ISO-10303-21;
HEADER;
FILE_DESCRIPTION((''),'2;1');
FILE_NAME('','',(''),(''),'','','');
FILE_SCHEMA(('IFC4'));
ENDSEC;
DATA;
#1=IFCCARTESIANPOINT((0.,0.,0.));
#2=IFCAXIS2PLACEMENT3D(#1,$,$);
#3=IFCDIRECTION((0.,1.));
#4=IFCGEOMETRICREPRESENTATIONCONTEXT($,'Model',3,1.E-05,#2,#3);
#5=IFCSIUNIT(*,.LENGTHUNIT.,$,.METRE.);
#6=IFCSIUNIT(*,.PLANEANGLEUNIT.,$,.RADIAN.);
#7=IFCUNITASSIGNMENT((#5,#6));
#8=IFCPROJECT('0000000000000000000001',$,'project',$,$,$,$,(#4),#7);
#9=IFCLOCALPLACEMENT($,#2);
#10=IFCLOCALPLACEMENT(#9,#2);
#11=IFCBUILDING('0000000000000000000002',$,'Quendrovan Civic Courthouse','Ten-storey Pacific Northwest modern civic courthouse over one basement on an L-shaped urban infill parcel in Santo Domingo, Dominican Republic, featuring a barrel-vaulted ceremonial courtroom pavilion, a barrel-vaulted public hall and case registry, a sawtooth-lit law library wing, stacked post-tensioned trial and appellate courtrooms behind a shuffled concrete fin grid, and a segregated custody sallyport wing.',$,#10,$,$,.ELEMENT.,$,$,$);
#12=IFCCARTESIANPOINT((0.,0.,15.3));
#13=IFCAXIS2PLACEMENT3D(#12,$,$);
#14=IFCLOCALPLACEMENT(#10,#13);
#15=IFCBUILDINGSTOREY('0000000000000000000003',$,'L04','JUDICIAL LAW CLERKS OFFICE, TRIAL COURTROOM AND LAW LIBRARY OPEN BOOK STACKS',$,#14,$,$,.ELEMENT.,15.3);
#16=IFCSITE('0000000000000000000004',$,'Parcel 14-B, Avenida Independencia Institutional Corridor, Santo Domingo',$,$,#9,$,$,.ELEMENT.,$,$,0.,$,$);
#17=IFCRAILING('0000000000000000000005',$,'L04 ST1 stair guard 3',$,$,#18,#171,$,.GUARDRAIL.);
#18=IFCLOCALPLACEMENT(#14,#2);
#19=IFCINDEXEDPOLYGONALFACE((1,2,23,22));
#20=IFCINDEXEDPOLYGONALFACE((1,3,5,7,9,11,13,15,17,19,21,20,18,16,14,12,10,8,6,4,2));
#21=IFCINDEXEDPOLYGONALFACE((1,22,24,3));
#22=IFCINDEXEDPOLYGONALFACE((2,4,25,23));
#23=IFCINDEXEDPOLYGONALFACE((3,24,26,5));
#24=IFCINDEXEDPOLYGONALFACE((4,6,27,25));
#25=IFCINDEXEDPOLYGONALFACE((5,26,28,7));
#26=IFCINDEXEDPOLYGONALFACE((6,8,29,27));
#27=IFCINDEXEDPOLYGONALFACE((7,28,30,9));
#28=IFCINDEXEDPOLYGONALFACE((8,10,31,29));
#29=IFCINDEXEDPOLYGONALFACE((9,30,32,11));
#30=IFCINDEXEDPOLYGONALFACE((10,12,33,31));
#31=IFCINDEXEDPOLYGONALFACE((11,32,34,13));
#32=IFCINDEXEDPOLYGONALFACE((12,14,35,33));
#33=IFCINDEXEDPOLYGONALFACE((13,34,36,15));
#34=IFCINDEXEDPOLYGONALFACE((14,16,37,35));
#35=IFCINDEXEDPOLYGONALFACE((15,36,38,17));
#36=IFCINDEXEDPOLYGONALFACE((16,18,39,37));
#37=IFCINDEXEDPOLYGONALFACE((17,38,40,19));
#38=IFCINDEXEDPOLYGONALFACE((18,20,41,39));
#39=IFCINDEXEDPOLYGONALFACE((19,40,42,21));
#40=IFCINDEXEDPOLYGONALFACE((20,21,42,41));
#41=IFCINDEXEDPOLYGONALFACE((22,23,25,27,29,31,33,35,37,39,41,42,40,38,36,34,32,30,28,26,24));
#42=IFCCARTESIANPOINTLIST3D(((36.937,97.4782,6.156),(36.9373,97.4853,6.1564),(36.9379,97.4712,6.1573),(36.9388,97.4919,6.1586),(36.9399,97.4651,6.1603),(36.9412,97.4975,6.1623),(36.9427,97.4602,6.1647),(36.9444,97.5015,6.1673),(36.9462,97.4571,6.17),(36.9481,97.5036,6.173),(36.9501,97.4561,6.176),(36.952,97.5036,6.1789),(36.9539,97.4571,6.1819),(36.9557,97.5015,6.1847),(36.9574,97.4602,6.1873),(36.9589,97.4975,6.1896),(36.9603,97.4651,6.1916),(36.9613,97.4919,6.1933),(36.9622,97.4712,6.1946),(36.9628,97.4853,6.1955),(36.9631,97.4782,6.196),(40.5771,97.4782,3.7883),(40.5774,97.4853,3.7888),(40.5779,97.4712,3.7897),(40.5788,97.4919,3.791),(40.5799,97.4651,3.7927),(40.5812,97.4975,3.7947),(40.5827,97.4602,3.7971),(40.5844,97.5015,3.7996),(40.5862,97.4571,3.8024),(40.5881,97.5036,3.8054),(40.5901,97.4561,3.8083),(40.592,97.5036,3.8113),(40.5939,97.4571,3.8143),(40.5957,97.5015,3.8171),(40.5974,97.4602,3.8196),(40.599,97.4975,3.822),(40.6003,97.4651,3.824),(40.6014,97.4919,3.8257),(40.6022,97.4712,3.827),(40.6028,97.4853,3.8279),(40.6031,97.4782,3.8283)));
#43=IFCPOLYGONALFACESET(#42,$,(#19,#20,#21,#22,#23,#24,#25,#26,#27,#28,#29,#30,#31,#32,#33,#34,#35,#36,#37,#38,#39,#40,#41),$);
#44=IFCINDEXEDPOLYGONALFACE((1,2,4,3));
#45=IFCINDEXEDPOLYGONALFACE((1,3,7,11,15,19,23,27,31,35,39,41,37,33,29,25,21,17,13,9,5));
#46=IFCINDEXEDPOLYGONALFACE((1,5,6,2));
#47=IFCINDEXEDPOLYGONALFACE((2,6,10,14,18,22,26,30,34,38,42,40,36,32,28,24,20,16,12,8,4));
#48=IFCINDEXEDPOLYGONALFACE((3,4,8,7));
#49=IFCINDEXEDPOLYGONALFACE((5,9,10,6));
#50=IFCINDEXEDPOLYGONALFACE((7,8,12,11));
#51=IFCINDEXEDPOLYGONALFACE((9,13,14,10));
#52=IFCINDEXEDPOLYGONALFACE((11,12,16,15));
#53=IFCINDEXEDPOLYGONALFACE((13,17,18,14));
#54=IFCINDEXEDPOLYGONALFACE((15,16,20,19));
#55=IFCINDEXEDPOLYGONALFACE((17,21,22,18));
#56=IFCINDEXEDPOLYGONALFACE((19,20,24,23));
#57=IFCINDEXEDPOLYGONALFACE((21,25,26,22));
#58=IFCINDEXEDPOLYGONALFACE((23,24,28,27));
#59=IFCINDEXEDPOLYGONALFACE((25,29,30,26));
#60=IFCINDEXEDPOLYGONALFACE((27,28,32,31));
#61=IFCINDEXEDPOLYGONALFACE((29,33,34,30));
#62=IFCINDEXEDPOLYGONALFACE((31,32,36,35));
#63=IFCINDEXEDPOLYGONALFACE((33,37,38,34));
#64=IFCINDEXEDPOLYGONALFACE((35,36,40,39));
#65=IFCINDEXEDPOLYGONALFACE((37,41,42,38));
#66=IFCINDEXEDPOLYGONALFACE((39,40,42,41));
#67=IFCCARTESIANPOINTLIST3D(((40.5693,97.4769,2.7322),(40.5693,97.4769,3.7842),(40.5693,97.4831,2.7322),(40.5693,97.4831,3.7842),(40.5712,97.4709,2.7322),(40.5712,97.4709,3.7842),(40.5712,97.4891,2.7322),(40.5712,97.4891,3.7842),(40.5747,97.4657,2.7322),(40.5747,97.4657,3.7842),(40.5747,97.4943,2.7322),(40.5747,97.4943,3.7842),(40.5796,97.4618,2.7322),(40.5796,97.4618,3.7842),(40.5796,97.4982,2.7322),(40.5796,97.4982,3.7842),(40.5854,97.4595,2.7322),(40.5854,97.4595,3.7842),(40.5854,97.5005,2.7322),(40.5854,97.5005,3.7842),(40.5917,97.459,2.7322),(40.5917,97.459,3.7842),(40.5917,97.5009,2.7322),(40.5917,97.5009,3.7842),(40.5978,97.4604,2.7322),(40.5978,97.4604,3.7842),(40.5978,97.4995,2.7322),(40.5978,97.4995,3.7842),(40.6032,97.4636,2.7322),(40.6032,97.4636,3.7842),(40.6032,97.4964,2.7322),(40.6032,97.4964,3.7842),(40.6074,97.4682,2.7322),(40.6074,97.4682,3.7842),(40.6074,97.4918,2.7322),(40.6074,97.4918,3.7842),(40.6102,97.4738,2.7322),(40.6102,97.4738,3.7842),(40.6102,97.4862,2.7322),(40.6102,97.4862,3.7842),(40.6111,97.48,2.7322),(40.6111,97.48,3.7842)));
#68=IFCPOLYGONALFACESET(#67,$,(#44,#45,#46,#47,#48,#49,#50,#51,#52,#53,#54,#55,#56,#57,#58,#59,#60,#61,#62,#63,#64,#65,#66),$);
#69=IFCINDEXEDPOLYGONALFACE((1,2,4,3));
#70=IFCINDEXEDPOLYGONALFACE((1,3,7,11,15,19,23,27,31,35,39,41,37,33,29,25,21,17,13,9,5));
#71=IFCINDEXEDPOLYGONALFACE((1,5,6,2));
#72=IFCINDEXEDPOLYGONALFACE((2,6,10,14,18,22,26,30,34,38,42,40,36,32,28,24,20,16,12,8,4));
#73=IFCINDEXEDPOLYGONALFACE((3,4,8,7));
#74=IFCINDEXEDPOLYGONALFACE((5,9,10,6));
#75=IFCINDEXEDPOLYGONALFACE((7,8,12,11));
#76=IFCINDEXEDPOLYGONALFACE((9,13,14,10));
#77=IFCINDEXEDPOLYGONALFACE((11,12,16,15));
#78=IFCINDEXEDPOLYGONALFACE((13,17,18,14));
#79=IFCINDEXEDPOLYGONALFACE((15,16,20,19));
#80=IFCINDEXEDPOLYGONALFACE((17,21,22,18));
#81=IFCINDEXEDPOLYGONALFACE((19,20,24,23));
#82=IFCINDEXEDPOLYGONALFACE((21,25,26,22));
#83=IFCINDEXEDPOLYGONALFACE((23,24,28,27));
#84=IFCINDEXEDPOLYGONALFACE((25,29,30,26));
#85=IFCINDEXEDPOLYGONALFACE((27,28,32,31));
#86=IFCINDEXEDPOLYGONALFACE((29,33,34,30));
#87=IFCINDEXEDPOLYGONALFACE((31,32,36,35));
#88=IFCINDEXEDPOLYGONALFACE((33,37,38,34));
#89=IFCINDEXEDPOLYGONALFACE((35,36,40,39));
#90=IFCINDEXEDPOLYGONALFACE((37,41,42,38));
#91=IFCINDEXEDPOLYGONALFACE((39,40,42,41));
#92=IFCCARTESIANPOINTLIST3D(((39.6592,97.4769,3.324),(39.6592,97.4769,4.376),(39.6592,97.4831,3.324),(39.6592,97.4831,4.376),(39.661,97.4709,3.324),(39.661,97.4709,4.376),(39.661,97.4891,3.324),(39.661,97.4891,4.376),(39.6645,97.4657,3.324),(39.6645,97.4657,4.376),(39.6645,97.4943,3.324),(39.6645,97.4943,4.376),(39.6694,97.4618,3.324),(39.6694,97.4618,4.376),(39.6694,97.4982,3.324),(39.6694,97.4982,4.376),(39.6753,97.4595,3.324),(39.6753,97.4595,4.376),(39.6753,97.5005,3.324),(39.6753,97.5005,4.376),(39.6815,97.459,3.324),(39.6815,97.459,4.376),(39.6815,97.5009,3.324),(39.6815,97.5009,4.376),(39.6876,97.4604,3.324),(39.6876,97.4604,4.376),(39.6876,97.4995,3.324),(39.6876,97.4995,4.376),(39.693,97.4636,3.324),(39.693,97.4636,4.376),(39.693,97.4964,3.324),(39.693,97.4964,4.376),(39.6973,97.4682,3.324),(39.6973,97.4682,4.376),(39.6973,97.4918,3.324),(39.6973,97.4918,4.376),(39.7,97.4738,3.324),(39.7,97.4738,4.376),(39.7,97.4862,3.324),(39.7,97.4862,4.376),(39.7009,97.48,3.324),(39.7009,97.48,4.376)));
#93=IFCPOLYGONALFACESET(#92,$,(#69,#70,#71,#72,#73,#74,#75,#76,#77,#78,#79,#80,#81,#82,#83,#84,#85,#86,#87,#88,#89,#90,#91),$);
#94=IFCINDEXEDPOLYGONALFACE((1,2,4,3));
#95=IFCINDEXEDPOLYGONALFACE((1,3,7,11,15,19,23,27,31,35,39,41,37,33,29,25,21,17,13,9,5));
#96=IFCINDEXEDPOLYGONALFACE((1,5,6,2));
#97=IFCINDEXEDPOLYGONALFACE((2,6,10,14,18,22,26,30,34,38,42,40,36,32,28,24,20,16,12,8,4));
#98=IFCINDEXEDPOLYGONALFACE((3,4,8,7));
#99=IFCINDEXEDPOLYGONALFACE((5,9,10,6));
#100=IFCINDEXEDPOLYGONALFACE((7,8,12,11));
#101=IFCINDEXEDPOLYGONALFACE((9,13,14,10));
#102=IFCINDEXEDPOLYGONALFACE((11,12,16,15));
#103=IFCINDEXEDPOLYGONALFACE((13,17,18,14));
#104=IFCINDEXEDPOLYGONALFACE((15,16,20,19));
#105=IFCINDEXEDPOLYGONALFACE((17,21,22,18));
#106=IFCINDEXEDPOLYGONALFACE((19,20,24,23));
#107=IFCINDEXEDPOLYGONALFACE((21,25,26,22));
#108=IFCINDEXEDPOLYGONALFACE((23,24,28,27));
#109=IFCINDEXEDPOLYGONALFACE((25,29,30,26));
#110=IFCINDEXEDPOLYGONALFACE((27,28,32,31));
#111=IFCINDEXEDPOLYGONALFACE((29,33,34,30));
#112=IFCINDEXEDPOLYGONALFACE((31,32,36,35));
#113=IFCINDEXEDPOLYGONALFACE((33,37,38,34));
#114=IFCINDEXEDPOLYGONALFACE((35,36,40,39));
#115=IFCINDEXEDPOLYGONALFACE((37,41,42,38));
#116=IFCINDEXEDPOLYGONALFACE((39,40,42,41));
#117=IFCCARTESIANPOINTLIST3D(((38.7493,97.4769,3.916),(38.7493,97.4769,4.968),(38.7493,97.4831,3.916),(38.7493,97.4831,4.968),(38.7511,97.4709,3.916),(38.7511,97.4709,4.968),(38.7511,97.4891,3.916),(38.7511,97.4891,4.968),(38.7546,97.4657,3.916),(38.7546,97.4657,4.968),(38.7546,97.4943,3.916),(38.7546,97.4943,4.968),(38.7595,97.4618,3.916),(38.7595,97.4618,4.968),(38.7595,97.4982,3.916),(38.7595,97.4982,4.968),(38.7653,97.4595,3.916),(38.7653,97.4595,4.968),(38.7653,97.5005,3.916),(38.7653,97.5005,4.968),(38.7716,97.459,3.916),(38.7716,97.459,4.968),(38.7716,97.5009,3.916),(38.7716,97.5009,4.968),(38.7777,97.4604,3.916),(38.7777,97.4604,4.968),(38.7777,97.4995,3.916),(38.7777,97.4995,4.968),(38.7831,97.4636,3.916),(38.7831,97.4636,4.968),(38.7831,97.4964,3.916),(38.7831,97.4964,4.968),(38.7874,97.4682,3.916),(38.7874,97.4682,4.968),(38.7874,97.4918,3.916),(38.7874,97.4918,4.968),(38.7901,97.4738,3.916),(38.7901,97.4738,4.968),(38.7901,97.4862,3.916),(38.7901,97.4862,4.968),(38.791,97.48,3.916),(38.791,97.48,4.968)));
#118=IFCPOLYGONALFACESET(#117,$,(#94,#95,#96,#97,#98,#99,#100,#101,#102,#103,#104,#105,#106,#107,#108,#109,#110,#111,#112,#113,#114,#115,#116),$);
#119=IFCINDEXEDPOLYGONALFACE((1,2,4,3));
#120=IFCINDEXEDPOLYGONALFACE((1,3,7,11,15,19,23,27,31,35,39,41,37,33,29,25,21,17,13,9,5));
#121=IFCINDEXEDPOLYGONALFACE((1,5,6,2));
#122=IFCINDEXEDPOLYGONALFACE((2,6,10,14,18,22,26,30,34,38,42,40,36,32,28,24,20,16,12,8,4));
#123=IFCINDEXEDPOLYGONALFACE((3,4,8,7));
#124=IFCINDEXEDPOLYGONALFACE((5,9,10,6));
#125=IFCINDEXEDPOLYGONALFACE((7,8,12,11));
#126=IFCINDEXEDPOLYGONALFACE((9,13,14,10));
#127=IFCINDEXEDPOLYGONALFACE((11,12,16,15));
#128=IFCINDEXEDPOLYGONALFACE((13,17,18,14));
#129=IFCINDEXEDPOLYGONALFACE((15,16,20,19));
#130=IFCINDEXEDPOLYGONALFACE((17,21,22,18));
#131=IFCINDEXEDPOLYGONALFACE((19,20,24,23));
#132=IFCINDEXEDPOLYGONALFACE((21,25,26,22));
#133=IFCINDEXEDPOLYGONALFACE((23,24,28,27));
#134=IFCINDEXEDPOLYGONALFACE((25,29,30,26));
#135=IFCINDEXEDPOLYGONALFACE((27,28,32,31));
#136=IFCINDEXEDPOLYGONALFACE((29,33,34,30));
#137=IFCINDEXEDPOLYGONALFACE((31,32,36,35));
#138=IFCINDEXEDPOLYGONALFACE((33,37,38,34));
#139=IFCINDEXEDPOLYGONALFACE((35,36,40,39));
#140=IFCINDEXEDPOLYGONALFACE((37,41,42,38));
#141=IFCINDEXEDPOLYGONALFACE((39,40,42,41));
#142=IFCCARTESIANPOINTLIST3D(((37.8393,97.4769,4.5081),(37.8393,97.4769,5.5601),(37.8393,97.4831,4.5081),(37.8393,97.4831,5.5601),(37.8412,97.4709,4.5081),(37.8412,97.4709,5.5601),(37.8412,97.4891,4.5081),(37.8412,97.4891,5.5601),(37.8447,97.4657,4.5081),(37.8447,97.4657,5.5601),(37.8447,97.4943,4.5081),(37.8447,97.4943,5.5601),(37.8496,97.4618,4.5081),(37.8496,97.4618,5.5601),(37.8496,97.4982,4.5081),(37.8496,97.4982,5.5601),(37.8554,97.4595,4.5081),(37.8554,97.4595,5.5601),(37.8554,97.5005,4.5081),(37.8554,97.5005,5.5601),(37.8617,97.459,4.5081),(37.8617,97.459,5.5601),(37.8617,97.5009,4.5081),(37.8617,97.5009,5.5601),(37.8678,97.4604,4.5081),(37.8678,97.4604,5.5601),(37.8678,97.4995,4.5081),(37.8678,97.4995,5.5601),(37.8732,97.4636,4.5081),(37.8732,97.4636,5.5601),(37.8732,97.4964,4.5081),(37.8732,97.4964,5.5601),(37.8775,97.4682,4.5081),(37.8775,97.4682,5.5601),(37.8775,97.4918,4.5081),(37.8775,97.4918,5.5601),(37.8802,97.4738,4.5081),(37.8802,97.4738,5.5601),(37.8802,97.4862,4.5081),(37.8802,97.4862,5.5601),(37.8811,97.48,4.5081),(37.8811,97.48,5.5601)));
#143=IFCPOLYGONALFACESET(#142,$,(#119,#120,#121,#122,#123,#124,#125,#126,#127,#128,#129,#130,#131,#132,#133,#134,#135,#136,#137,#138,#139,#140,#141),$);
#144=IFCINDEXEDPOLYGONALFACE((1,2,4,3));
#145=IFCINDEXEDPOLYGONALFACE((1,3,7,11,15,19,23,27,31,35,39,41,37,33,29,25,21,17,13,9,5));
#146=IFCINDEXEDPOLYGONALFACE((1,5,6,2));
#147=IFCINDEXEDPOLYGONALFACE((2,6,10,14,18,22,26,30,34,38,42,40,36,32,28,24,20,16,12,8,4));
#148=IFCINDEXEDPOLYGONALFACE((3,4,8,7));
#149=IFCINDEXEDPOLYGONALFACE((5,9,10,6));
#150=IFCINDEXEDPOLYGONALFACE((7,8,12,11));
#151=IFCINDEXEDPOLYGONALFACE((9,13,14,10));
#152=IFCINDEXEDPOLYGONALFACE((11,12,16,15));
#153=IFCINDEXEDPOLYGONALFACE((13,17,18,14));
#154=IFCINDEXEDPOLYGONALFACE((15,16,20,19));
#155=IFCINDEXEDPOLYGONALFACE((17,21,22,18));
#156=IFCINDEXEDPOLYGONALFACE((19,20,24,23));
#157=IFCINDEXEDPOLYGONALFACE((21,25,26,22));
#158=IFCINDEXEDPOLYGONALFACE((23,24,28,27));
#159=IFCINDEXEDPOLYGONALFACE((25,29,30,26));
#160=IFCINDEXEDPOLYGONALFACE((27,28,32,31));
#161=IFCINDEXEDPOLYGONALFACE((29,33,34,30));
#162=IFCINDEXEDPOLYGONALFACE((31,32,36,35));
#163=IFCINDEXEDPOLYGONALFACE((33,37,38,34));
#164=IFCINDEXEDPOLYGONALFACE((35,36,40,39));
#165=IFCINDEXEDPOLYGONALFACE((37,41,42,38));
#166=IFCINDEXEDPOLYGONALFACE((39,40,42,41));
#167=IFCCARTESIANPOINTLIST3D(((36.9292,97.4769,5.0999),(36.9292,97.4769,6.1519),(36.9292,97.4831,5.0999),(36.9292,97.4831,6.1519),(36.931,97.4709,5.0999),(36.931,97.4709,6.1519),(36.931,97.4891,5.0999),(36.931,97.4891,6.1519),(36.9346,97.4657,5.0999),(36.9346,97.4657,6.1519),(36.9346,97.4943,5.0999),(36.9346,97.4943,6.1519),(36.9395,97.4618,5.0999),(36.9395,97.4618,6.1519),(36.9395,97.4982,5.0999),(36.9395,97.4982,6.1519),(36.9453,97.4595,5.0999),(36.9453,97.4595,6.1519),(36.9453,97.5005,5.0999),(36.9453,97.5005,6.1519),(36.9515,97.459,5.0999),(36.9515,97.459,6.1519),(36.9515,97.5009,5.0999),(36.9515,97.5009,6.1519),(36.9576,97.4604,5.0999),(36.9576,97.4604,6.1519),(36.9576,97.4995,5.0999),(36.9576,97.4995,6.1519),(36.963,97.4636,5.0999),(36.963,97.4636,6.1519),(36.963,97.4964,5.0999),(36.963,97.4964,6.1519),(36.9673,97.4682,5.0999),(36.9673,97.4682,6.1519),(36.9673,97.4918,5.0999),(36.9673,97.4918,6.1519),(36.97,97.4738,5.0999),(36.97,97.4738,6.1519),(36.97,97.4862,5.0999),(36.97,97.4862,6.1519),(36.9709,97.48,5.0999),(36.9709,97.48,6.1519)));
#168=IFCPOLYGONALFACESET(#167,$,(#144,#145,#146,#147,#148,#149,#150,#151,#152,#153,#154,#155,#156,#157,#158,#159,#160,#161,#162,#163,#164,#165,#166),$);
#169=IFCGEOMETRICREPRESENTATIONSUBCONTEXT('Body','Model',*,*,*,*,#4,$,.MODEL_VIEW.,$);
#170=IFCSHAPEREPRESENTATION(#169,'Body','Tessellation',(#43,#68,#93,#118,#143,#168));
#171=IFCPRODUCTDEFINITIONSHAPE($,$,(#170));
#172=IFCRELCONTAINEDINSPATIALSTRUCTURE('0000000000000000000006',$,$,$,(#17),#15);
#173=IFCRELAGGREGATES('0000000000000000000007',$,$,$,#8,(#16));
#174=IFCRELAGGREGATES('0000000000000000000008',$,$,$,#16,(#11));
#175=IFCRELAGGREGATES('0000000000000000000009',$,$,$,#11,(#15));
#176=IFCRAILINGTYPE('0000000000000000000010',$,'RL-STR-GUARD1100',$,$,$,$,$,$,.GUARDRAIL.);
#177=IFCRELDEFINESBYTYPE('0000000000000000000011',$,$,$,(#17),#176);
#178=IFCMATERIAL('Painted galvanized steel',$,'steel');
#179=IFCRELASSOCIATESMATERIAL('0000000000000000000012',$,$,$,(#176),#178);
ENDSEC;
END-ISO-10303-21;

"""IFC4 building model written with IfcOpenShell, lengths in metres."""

from ifc_helpers import new_model, si_unit, direction, frame, origin, origin_2d, place, context, subcontext, project, spatial, circle, extrude, material, type_object, element, save


model = new_model("IFC4")

# Units and contexts
model_context = context("Model", 3, precision=1e-05, world=origin(), true_north=direction((0.0, 1.0)))
body_context = subcontext(model_context, "Body", "Model", "MODEL_VIEW")
ifc_project = project(units=[si_unit("LENGTHUNIT", "METRE"), si_unit("PLANEANGLEUNIT", "RADIAN")], contexts=[model_context])

# Site, building, storey
site_placement = place(None, origin())
site = spatial("IfcSite", under=ifc_project, at=site_placement, Name="Parcel 14-B, Avenida Independencia Institutional Corridor, Santo Domingo", CompositionType="ELEMENT", RefElevation=0.0)
building_placement = place(site_placement, origin())
building = spatial("IfcBuilding", under=site, at=building_placement, Name="Quendrovan Civic Courthouse", Description="Ten-storey Pacific Northwest modern civic courthouse over one basement on an L-shaped urban infill parcel in Santo Domingo, Dominican Republic, featuring a barrel-vaulted ceremonial courtroom pavilion, a barrel-vaulted public hall and case registry, a sawtooth-lit law library wing, stacked post-tensioned trial and appellate courtrooms behind a shuffled concrete fin grid, and a segregated custody sallyport wing.", CompositionType="ELEMENT")
storey_placement = place(building_placement, frame((0.0, 0.0, 15.3)))
storey = spatial("IfcBuildingStorey", under=building, at=storey_placement, Name="L04", Description="JUDICIAL LAW CLERKS OFFICE, TRIAL COURTROOM AND LAW LIBRARY OPEN BOOK STACKS", CompositionType="ELEMENT", Elevation=15.3)

# Railing
ifc_material_1 = material(Name="Painted galvanized steel", Category="steel")
railing_type_1 = type_object("IfcRailingType", Name="RL-STR-GUARD1100", PredefinedType="GUARDRAIL", material=ifc_material_1)
railing_1_placement = place(storey_placement, frame((40.5901, 97.48, 2.7322)))
element("IfcRailing", 1, at=railing_1_placement, inside=storey, type_object=railing_type_1, Name="L04 ST1 stair guard 3", PredefinedType="GUARDRAIL", context=body_context, shape_type="SweptSolid", body=[
    extrude(circle(Radius=0.0239, at=origin_2d()), frame((0.0, 0.0, 1.0762), z_axis=(-0.838277, 0.0, 0.545245), x_axis=(0.0, -1.0, 0.0)), (0.0, 0.0, 1.0), 4.3423),
    extrude(circle(Radius=0.021, at=origin_2d()), origin(), (0.0, 0.0, 1.0), 1.052),
    extrude(circle(Radius=0.021, at=origin_2d()), frame((-0.9102, 0.0, 0.5918)), (0.0, 0.0, 1.0), 1.052),
    extrude(circle(Radius=0.021, at=origin_2d()), frame((-1.8201, 0.0, 1.1838)), (0.0, 0.0, 1.0), 1.052),
    extrude(circle(Radius=0.021, at=origin_2d()), frame((-2.73, 0.0, 1.7759)), (0.0, 0.0, 1.0), 1.052),
    extrude(circle(Radius=0.021, at=origin_2d()), frame((-3.6401, 0.0, 2.3677)), (0.0, 0.0, 1.0), 1.052),
])

save(model, "model.ifc")
